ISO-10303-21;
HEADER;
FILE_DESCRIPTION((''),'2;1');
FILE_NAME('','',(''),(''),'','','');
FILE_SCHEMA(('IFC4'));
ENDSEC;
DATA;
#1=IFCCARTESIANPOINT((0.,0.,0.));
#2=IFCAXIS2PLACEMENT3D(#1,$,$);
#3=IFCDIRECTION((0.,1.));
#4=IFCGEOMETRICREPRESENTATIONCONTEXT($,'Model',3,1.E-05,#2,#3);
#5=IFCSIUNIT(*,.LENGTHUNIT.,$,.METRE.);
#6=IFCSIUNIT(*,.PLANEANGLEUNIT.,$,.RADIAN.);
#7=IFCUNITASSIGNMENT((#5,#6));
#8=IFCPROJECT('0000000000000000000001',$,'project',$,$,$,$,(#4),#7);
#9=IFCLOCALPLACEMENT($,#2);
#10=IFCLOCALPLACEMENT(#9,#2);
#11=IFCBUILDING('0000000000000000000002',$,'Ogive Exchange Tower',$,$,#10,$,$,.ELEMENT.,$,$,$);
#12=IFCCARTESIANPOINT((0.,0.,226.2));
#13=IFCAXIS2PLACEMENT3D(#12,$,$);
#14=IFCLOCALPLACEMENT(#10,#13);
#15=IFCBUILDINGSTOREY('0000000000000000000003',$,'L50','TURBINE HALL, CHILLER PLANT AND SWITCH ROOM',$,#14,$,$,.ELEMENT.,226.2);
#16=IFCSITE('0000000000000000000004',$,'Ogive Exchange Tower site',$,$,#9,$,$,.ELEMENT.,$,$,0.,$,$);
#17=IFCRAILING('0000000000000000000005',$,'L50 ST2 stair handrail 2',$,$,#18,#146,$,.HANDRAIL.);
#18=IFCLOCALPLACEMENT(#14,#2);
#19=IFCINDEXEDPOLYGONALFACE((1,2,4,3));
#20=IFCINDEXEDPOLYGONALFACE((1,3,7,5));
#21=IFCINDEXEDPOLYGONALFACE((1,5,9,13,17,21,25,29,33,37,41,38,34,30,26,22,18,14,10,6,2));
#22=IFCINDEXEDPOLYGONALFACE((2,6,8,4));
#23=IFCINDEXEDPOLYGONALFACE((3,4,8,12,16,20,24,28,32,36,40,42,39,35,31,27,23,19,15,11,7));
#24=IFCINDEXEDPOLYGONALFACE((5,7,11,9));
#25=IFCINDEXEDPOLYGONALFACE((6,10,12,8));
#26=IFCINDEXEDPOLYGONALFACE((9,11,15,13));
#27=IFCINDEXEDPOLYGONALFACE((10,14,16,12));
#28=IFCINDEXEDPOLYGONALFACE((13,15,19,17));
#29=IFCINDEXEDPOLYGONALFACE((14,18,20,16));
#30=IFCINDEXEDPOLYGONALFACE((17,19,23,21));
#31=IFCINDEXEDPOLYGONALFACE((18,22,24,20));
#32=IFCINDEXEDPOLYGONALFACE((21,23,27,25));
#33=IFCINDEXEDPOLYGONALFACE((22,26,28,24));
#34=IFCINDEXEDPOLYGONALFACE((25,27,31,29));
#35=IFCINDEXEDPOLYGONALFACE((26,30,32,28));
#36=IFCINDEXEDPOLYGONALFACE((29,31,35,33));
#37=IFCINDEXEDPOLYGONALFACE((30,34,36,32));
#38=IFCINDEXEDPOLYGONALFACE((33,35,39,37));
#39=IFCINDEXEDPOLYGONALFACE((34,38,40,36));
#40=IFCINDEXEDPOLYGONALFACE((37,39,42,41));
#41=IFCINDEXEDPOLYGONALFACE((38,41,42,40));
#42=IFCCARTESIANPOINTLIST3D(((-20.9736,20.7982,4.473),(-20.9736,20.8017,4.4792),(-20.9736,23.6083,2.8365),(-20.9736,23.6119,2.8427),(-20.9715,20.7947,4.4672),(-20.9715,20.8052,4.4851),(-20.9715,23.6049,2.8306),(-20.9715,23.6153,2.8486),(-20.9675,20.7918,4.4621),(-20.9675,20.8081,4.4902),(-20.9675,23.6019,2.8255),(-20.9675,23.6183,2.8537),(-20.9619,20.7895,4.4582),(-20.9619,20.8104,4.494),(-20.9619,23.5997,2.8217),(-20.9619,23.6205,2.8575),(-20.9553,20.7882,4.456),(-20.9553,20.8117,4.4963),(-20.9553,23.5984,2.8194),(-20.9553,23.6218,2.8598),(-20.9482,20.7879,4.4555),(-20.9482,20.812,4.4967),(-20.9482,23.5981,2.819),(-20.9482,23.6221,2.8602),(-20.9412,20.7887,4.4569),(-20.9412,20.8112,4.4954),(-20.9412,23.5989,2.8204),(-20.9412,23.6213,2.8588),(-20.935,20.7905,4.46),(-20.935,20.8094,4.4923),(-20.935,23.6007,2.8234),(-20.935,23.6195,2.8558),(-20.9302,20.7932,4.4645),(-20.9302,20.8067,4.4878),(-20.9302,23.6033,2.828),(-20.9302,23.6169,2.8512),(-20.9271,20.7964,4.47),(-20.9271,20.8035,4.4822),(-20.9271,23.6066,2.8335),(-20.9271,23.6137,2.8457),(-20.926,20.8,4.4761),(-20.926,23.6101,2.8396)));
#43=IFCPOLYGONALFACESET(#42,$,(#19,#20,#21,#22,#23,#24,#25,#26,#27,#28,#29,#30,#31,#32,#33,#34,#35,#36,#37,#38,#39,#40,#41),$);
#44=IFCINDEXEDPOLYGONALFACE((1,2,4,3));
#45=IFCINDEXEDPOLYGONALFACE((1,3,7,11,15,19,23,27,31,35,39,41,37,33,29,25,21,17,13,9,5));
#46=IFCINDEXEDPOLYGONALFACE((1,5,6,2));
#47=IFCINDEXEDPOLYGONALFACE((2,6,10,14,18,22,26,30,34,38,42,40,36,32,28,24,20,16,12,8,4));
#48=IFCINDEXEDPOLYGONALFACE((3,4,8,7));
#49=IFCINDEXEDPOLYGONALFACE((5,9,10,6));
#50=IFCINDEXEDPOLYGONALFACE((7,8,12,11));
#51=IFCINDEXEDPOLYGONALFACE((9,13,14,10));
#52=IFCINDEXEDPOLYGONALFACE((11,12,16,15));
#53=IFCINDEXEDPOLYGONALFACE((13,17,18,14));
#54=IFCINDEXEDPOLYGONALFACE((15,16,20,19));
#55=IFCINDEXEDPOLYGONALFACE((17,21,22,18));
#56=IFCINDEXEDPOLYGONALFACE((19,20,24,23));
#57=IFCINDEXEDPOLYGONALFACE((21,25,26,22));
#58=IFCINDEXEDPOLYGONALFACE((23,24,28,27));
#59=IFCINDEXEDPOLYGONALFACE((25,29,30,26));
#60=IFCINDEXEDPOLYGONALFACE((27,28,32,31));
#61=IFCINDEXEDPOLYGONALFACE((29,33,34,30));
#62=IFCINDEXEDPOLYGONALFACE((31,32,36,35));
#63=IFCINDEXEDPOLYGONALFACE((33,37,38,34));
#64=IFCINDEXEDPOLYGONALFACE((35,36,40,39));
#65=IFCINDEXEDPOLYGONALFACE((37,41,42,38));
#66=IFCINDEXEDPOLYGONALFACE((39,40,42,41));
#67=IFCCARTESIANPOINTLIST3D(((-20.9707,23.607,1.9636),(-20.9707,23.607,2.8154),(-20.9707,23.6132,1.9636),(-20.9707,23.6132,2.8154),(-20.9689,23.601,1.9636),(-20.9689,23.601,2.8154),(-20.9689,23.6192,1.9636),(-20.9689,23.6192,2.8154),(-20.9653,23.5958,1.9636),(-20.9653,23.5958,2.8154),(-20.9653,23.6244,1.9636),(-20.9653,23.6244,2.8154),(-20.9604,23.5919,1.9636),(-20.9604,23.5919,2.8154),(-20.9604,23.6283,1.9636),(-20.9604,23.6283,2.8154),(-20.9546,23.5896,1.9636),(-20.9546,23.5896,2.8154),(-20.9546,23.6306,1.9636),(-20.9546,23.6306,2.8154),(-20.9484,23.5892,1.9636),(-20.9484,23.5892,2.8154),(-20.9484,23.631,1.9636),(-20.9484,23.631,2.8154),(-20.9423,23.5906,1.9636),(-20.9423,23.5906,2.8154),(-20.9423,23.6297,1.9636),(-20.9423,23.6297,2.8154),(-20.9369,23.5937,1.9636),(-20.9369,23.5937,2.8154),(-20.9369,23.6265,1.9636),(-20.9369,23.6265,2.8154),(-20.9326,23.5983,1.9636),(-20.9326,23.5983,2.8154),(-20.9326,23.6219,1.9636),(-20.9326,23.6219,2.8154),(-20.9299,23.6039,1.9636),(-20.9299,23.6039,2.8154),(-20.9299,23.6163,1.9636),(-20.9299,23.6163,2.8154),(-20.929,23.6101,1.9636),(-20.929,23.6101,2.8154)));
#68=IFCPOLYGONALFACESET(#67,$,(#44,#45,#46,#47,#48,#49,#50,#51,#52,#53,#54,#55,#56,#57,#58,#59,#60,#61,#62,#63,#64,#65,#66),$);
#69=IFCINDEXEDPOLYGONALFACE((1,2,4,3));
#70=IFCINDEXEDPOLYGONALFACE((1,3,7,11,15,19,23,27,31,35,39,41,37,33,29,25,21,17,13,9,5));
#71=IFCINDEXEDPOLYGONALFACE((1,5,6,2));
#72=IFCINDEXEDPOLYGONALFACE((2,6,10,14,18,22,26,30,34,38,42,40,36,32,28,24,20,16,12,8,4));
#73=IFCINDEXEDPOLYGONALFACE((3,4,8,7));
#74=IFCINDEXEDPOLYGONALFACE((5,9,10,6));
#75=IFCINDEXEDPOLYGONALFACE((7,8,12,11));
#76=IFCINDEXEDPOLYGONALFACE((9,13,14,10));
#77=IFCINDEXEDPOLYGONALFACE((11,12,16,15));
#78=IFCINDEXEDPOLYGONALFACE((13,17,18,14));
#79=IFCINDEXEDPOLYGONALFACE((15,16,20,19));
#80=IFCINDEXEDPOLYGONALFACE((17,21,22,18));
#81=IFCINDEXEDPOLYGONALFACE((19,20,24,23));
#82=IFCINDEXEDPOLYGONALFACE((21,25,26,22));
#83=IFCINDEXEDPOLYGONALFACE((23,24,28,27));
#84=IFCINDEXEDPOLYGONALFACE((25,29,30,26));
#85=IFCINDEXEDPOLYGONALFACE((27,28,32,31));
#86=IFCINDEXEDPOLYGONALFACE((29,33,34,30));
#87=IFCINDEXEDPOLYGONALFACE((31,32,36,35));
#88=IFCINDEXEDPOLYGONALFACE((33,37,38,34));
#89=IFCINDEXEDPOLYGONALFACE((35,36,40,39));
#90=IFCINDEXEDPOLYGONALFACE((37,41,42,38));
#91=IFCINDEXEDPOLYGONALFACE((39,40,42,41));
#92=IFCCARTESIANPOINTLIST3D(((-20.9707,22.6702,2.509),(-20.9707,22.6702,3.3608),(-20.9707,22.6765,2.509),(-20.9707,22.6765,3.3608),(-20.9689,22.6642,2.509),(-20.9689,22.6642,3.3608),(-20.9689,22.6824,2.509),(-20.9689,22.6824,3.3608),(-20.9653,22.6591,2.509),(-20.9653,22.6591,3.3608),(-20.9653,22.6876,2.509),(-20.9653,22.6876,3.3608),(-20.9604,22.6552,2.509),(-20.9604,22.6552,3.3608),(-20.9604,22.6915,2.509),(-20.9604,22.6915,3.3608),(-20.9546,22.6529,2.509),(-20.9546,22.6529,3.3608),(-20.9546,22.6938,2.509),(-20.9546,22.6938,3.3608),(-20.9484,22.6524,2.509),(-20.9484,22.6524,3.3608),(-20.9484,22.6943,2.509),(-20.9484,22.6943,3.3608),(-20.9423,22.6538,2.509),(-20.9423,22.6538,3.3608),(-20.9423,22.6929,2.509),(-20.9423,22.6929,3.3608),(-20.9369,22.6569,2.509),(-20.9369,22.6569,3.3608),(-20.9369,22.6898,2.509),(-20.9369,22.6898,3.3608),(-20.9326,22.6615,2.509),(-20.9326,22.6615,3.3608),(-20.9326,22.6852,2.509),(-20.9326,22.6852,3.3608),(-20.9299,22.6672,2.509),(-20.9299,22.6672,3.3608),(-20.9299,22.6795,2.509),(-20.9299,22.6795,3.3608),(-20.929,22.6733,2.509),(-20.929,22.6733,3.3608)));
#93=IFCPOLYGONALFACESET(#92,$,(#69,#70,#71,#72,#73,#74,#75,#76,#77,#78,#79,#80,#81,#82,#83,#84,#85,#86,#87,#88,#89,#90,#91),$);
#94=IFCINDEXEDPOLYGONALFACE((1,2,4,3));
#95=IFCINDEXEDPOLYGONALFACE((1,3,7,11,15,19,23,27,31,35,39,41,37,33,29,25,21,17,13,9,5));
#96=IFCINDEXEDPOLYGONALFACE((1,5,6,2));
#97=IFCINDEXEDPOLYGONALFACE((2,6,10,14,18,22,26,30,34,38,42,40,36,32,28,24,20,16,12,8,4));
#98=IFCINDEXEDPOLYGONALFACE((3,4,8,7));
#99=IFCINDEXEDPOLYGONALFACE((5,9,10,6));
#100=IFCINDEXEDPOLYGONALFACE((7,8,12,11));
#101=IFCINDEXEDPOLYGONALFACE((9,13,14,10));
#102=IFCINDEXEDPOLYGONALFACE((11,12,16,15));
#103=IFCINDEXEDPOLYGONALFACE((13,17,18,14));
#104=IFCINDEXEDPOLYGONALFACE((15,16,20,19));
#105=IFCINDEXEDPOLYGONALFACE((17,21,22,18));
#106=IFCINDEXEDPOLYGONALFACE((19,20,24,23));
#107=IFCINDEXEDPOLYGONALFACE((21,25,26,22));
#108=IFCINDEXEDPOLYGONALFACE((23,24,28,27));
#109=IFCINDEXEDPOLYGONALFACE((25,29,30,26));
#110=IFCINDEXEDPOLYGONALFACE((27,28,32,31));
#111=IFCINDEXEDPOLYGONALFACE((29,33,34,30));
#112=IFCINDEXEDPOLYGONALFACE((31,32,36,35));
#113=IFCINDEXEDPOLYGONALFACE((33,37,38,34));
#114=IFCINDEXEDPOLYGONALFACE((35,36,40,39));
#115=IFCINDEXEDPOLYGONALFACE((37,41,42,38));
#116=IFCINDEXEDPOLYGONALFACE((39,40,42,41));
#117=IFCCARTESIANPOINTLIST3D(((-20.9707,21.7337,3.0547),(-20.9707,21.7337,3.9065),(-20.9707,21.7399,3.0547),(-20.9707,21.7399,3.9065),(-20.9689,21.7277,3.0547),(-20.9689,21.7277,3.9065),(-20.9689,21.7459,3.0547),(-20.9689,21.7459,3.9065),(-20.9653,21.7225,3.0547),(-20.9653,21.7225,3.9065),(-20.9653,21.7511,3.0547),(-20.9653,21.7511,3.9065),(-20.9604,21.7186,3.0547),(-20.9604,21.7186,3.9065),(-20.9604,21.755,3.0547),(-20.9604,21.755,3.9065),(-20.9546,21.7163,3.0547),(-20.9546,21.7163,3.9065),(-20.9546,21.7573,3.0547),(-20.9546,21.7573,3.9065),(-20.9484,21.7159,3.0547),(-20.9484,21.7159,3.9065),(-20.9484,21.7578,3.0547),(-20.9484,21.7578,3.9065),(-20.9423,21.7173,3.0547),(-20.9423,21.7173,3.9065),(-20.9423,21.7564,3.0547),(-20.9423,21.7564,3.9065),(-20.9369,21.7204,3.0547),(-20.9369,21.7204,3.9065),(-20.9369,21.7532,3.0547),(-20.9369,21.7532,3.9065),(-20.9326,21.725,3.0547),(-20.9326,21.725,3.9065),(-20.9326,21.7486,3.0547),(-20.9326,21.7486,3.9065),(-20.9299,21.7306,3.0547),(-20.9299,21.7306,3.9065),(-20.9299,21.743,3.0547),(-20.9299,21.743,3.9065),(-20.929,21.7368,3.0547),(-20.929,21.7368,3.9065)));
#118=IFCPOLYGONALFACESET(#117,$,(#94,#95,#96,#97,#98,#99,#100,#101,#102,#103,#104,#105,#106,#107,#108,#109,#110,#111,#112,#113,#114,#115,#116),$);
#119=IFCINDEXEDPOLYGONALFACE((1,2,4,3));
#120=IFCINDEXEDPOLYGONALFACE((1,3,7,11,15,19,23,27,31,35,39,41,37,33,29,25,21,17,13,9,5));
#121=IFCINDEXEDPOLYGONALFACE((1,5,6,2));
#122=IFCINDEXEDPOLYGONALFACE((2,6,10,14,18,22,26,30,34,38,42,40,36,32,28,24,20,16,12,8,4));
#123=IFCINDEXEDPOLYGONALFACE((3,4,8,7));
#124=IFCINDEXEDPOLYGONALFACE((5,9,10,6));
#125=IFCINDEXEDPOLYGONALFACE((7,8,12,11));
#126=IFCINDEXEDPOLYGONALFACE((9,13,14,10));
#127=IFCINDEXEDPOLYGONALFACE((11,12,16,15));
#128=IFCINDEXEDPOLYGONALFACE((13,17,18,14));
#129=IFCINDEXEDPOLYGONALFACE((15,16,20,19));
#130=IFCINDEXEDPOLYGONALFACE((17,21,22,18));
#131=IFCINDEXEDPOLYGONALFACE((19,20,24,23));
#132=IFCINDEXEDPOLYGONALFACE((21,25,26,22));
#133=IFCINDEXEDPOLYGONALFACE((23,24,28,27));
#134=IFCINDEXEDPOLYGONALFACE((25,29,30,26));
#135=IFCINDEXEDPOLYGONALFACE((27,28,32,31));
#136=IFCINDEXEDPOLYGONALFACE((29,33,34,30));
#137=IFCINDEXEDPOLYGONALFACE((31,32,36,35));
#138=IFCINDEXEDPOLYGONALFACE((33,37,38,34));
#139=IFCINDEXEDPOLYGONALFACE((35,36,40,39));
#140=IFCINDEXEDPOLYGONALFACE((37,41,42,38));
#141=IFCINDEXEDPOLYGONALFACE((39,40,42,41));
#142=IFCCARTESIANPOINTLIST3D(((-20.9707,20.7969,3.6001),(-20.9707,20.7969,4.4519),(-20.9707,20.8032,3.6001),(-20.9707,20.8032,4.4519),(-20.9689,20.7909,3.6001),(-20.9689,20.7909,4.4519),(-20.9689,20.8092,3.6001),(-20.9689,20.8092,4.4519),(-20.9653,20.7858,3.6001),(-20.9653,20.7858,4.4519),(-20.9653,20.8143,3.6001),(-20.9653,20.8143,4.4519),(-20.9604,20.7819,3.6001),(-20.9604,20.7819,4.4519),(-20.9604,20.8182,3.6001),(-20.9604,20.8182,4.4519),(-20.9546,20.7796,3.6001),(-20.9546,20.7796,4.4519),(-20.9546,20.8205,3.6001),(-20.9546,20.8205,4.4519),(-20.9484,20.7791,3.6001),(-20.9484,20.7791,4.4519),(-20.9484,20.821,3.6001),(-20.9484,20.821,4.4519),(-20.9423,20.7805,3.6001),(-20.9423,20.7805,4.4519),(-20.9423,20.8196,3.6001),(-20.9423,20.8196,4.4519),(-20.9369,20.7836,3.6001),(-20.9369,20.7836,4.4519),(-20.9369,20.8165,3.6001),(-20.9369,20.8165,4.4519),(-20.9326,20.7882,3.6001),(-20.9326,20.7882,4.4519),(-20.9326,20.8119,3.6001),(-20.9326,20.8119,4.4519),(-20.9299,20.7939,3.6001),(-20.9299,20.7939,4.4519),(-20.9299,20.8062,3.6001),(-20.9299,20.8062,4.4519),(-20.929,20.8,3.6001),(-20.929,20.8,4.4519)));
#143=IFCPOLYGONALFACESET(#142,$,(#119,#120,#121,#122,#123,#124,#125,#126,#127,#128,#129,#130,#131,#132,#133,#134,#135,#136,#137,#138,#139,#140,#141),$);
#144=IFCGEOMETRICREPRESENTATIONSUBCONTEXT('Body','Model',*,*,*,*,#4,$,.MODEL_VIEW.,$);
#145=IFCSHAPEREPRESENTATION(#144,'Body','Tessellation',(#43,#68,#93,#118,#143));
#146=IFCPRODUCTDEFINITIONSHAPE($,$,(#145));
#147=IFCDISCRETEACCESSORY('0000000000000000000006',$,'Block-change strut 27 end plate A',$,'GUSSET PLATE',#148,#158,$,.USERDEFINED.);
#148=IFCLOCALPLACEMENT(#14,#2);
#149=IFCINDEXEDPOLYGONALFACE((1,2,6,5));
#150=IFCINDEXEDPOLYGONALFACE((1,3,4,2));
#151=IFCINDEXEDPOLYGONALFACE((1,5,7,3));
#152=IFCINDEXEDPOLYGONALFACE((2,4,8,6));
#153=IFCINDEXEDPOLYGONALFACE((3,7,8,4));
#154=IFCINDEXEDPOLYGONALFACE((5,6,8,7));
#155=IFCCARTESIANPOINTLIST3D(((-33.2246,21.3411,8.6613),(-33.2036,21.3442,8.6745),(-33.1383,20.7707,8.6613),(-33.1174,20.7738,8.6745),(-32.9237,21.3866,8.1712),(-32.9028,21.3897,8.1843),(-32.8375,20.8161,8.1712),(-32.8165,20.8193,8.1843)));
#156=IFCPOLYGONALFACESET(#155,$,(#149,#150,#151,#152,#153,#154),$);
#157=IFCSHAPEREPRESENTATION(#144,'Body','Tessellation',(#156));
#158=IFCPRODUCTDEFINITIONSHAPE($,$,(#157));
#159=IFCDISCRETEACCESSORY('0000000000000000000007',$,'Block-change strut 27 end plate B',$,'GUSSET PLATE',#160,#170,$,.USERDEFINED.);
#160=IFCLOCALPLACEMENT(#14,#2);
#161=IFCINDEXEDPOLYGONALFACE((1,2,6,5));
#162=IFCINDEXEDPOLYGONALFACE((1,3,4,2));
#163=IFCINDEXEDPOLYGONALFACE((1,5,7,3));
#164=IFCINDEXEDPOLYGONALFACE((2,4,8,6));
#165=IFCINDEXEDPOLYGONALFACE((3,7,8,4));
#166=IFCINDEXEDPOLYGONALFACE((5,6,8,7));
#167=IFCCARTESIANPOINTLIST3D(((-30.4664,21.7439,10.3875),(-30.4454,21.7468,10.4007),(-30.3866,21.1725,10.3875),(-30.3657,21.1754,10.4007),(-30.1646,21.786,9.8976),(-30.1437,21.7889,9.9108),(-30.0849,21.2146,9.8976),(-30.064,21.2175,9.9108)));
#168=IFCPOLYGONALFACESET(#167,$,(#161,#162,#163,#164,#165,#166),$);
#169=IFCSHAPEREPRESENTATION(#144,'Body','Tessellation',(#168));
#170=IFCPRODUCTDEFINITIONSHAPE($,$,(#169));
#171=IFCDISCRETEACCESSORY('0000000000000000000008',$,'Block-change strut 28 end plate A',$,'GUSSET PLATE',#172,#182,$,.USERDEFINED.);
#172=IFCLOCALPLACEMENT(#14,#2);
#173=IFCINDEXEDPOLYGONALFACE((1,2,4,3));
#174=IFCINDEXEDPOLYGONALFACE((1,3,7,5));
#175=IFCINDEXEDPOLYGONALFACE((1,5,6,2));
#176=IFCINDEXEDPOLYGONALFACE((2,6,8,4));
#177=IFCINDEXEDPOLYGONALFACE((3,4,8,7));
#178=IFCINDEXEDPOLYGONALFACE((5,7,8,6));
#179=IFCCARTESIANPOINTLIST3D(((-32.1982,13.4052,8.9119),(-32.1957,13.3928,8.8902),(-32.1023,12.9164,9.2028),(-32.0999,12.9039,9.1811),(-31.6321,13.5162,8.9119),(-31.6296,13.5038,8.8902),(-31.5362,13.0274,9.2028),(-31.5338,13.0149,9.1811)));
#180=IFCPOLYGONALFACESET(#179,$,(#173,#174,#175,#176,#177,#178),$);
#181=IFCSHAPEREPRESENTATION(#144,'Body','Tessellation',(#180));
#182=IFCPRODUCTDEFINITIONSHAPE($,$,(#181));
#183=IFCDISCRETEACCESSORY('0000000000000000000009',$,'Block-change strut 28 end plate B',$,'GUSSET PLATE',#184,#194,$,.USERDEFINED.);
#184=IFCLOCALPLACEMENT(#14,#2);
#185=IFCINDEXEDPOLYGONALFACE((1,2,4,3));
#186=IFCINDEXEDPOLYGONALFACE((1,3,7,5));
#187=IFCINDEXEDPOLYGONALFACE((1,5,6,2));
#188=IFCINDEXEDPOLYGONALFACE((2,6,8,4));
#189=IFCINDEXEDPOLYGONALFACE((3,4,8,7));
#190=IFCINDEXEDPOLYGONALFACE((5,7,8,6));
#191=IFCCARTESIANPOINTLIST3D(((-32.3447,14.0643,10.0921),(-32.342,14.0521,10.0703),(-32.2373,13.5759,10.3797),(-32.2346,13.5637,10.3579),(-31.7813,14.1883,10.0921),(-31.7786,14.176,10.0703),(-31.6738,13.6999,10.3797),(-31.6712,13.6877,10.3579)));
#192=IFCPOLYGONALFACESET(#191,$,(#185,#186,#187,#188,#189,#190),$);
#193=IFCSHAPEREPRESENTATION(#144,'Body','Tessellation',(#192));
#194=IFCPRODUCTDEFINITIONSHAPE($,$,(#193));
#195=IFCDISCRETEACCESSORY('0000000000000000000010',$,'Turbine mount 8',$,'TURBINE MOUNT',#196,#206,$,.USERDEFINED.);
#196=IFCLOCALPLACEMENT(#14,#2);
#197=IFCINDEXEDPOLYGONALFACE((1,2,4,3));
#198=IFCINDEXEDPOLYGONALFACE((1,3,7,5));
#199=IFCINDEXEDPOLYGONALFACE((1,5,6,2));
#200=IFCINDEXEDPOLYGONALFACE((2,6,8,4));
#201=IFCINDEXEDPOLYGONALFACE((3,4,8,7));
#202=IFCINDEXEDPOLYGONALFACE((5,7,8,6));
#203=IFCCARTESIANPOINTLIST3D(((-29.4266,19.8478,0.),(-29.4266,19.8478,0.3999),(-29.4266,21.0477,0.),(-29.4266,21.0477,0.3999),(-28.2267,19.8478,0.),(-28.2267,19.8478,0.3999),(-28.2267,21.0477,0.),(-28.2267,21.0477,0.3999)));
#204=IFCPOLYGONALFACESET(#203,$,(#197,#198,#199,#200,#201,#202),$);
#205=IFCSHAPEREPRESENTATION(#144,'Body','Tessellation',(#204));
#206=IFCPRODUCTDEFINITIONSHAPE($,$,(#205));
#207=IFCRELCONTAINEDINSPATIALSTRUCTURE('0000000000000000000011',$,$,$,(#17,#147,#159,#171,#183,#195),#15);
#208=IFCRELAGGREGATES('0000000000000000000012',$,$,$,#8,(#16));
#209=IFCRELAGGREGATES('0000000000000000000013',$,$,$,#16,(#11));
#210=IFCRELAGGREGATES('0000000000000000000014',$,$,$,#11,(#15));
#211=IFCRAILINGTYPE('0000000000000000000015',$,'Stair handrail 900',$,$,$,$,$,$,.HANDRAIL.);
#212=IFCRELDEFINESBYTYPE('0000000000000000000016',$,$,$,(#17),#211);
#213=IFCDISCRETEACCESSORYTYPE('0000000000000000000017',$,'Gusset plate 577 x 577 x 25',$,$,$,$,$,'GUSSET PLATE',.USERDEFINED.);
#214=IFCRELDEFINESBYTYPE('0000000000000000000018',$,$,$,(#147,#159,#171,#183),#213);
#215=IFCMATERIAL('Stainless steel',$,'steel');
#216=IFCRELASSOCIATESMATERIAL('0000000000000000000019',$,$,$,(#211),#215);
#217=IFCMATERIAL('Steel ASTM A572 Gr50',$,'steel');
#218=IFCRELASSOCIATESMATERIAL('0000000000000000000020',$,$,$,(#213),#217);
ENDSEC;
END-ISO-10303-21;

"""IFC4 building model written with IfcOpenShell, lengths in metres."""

from ifc_helpers import new_model, si_unit, direction, frame, origin, origin_2d, place, context, subcontext, project, spatial, rectangle, circle, extrude, material, material_profile, profile_set, type_object, element, save


model = new_model("IFC4")

# Units and contexts
model_context = context("Model", 3, precision=1e-05, world=origin(), true_north=direction((0.0, 1.0)))
body_context = subcontext(model_context, "Body", "Model", "MODEL_VIEW")
ifc_project = project(units=[si_unit("LENGTHUNIT", "METRE"), si_unit("PLANEANGLEUNIT", "RADIAN")], contexts=[model_context])

# Site, building, storey
site_placement = place(None, origin())
site = spatial("IfcSite", under=ifc_project, at=site_placement, Name="Ogive Exchange Tower site", CompositionType="ELEMENT", RefElevation=0.0)
building_placement = place(site_placement, origin())
building = spatial("IfcBuilding", under=site, at=building_placement, Name="Ogive Exchange Tower", CompositionType="ELEMENT")
storey_placement = place(building_placement, frame((0.0, 0.0, 226.2)))
storey = spatial("IfcBuildingStorey", under=building, at=storey_placement, Name="L50", Description="TURBINE HALL, CHILLER PLANT AND SWITCH ROOM", CompositionType="ELEMENT", Elevation=226.2)

# Railing
ifc_material_1 = material(Name="Stainless steel", Category="steel")
railing_type_1 = type_object("IfcRailingType", Name="Stair handrail 900", PredefinedType="HANDRAIL", material=ifc_material_1)
railing_1_placement = place(storey_placement, frame((-20.95, 23.6101, 1.9636)))
element("IfcRailing", 1, at=railing_1_placement, inside=storey, type_object=railing_type_1, Name="L50 ST2 stair handrail 2", PredefinedType="HANDRAIL", context=body_context, shape_type="SweptSolid", body=[
    extrude(circle(Radius=0.0239, at=origin_2d()), frame((0.0, 0.0, 0.876), z_axis=(0.0, -0.864144, 0.503245), x_axis=(1.0, 0.0, 0.0)), (0.0, 0.0, 1.0), 3.252),
    extrude(circle(Radius=0.021, at=origin_2d()), origin(), (0.0, 0.0, 1.0), 0.8518),
    extrude(circle(Radius=0.021, at=origin_2d()), frame((0.0, -0.9368, 0.5454)), (0.0, 0.0, 1.0), 0.8518),
    extrude(circle(Radius=0.021, at=origin_2d()), frame((0.0, -1.8733, 1.0911)), (0.0, 0.0, 1.0), 0.8518),
    extrude(circle(Radius=0.021, at=origin_2d()), frame((0.0, -2.8101, 1.6365)), (0.0, 0.0, 1.0), 0.8518),
])

# Discrete accessories
ifc_material_2 = material(Name="Steel ASTM A572 Gr50", Category="steel")
ifc_material_profile_1 = material_profile(ifc_material_2, rectangle(XDim=0.5769, YDim=0.5769, at=origin_2d()), Name="PL 577 x 577 x 25")
ifc_profile_set_1 = profile_set([ifc_material_profile_1], Name="Steel ASTM A572 Gr50")
discrete_accessory_type = type_object("IfcDiscreteAccessoryType", Name="Gusset plate 577 x 577 x 25", ElementType="GUSSET PLATE", PredefinedType="USERDEFINED", material=ifc_profile_set_1)
for number, where, z_axis, x_axis, name in (
    (2, (-33.031, 21.0786, 8.4163), (0.840034, 0.126982, 0.527463), (-0.149465, 0.988767, 0.0), "Block-change strut 27 end plate A"),
    (3, (-30.2756, 21.4792, 10.1426), (0.841038, 0.117354, 0.528094), (-0.138196, 0.990405, 0.0), "Block-change strut 27 end plate B"),
):
    element("IfcDiscreteAccessory", number, at=place(storey_placement, frame(where, z_axis=z_axis, x_axis=x_axis)), inside=storey, type_object=discrete_accessory_type, Name=name, ObjectType="GUSSET PLATE", PredefinedType="USERDEFINED", context=body_context, shape_type="SweptSolid", body=[
        extrude(rectangle(XDim=0.5769, YDim=0.5769, at=origin_2d()), origin(), (0.0, 0.0, 1.0), 0.0249),
    ])
for number, where, z_axis, x_axis, name in (
    (4, (-31.8647, 13.2039, 9.0356), (-0.097028, 0.494843, 0.863549), (-0.981314, -0.192414, 0.0), "Block-change strut 28 end plate A"),
    (5, (-32.0066, 13.8699, 10.2141), (-0.107135, 0.486977, 0.866819), (-0.976644, -0.214862, 0.0), "Block-change strut 28 end plate B"),
):
    element("IfcDiscreteAccessory", number, at=place(storey_placement, frame(where, z_axis=z_axis, x_axis=x_axis)), inside=storey, type_object=discrete_accessory_type, Name=name, ObjectType="GUSSET PLATE", PredefinedType="USERDEFINED", context=body_context, shape_type="SweptSolid", body=[
        extrude(rectangle(XDim=0.5769, YDim=0.5769, at=origin_2d()), origin(), (0.0, 0.0, 1.0), 0.0251),
    ])
discrete_accessory_1_placement = place(storey_placement, frame((-28.8267, 20.4478, 0.0), z_axis=(0.0, 0.0, 1.0), x_axis=(1.0, 0.0, 0.0)))
element("IfcDiscreteAccessory", 6, at=discrete_accessory_1_placement, inside=storey, Name="Turbine mount 8", ObjectType="TURBINE MOUNT", PredefinedType="USERDEFINED", context=body_context, shape_type="SweptSolid", body=[
    extrude(rectangle(XDim=1.2, YDim=1.2, at=origin_2d()), origin(), (0.0, 0.0, 1.0), 0.3999),
])

save(model, "model.ifc")
